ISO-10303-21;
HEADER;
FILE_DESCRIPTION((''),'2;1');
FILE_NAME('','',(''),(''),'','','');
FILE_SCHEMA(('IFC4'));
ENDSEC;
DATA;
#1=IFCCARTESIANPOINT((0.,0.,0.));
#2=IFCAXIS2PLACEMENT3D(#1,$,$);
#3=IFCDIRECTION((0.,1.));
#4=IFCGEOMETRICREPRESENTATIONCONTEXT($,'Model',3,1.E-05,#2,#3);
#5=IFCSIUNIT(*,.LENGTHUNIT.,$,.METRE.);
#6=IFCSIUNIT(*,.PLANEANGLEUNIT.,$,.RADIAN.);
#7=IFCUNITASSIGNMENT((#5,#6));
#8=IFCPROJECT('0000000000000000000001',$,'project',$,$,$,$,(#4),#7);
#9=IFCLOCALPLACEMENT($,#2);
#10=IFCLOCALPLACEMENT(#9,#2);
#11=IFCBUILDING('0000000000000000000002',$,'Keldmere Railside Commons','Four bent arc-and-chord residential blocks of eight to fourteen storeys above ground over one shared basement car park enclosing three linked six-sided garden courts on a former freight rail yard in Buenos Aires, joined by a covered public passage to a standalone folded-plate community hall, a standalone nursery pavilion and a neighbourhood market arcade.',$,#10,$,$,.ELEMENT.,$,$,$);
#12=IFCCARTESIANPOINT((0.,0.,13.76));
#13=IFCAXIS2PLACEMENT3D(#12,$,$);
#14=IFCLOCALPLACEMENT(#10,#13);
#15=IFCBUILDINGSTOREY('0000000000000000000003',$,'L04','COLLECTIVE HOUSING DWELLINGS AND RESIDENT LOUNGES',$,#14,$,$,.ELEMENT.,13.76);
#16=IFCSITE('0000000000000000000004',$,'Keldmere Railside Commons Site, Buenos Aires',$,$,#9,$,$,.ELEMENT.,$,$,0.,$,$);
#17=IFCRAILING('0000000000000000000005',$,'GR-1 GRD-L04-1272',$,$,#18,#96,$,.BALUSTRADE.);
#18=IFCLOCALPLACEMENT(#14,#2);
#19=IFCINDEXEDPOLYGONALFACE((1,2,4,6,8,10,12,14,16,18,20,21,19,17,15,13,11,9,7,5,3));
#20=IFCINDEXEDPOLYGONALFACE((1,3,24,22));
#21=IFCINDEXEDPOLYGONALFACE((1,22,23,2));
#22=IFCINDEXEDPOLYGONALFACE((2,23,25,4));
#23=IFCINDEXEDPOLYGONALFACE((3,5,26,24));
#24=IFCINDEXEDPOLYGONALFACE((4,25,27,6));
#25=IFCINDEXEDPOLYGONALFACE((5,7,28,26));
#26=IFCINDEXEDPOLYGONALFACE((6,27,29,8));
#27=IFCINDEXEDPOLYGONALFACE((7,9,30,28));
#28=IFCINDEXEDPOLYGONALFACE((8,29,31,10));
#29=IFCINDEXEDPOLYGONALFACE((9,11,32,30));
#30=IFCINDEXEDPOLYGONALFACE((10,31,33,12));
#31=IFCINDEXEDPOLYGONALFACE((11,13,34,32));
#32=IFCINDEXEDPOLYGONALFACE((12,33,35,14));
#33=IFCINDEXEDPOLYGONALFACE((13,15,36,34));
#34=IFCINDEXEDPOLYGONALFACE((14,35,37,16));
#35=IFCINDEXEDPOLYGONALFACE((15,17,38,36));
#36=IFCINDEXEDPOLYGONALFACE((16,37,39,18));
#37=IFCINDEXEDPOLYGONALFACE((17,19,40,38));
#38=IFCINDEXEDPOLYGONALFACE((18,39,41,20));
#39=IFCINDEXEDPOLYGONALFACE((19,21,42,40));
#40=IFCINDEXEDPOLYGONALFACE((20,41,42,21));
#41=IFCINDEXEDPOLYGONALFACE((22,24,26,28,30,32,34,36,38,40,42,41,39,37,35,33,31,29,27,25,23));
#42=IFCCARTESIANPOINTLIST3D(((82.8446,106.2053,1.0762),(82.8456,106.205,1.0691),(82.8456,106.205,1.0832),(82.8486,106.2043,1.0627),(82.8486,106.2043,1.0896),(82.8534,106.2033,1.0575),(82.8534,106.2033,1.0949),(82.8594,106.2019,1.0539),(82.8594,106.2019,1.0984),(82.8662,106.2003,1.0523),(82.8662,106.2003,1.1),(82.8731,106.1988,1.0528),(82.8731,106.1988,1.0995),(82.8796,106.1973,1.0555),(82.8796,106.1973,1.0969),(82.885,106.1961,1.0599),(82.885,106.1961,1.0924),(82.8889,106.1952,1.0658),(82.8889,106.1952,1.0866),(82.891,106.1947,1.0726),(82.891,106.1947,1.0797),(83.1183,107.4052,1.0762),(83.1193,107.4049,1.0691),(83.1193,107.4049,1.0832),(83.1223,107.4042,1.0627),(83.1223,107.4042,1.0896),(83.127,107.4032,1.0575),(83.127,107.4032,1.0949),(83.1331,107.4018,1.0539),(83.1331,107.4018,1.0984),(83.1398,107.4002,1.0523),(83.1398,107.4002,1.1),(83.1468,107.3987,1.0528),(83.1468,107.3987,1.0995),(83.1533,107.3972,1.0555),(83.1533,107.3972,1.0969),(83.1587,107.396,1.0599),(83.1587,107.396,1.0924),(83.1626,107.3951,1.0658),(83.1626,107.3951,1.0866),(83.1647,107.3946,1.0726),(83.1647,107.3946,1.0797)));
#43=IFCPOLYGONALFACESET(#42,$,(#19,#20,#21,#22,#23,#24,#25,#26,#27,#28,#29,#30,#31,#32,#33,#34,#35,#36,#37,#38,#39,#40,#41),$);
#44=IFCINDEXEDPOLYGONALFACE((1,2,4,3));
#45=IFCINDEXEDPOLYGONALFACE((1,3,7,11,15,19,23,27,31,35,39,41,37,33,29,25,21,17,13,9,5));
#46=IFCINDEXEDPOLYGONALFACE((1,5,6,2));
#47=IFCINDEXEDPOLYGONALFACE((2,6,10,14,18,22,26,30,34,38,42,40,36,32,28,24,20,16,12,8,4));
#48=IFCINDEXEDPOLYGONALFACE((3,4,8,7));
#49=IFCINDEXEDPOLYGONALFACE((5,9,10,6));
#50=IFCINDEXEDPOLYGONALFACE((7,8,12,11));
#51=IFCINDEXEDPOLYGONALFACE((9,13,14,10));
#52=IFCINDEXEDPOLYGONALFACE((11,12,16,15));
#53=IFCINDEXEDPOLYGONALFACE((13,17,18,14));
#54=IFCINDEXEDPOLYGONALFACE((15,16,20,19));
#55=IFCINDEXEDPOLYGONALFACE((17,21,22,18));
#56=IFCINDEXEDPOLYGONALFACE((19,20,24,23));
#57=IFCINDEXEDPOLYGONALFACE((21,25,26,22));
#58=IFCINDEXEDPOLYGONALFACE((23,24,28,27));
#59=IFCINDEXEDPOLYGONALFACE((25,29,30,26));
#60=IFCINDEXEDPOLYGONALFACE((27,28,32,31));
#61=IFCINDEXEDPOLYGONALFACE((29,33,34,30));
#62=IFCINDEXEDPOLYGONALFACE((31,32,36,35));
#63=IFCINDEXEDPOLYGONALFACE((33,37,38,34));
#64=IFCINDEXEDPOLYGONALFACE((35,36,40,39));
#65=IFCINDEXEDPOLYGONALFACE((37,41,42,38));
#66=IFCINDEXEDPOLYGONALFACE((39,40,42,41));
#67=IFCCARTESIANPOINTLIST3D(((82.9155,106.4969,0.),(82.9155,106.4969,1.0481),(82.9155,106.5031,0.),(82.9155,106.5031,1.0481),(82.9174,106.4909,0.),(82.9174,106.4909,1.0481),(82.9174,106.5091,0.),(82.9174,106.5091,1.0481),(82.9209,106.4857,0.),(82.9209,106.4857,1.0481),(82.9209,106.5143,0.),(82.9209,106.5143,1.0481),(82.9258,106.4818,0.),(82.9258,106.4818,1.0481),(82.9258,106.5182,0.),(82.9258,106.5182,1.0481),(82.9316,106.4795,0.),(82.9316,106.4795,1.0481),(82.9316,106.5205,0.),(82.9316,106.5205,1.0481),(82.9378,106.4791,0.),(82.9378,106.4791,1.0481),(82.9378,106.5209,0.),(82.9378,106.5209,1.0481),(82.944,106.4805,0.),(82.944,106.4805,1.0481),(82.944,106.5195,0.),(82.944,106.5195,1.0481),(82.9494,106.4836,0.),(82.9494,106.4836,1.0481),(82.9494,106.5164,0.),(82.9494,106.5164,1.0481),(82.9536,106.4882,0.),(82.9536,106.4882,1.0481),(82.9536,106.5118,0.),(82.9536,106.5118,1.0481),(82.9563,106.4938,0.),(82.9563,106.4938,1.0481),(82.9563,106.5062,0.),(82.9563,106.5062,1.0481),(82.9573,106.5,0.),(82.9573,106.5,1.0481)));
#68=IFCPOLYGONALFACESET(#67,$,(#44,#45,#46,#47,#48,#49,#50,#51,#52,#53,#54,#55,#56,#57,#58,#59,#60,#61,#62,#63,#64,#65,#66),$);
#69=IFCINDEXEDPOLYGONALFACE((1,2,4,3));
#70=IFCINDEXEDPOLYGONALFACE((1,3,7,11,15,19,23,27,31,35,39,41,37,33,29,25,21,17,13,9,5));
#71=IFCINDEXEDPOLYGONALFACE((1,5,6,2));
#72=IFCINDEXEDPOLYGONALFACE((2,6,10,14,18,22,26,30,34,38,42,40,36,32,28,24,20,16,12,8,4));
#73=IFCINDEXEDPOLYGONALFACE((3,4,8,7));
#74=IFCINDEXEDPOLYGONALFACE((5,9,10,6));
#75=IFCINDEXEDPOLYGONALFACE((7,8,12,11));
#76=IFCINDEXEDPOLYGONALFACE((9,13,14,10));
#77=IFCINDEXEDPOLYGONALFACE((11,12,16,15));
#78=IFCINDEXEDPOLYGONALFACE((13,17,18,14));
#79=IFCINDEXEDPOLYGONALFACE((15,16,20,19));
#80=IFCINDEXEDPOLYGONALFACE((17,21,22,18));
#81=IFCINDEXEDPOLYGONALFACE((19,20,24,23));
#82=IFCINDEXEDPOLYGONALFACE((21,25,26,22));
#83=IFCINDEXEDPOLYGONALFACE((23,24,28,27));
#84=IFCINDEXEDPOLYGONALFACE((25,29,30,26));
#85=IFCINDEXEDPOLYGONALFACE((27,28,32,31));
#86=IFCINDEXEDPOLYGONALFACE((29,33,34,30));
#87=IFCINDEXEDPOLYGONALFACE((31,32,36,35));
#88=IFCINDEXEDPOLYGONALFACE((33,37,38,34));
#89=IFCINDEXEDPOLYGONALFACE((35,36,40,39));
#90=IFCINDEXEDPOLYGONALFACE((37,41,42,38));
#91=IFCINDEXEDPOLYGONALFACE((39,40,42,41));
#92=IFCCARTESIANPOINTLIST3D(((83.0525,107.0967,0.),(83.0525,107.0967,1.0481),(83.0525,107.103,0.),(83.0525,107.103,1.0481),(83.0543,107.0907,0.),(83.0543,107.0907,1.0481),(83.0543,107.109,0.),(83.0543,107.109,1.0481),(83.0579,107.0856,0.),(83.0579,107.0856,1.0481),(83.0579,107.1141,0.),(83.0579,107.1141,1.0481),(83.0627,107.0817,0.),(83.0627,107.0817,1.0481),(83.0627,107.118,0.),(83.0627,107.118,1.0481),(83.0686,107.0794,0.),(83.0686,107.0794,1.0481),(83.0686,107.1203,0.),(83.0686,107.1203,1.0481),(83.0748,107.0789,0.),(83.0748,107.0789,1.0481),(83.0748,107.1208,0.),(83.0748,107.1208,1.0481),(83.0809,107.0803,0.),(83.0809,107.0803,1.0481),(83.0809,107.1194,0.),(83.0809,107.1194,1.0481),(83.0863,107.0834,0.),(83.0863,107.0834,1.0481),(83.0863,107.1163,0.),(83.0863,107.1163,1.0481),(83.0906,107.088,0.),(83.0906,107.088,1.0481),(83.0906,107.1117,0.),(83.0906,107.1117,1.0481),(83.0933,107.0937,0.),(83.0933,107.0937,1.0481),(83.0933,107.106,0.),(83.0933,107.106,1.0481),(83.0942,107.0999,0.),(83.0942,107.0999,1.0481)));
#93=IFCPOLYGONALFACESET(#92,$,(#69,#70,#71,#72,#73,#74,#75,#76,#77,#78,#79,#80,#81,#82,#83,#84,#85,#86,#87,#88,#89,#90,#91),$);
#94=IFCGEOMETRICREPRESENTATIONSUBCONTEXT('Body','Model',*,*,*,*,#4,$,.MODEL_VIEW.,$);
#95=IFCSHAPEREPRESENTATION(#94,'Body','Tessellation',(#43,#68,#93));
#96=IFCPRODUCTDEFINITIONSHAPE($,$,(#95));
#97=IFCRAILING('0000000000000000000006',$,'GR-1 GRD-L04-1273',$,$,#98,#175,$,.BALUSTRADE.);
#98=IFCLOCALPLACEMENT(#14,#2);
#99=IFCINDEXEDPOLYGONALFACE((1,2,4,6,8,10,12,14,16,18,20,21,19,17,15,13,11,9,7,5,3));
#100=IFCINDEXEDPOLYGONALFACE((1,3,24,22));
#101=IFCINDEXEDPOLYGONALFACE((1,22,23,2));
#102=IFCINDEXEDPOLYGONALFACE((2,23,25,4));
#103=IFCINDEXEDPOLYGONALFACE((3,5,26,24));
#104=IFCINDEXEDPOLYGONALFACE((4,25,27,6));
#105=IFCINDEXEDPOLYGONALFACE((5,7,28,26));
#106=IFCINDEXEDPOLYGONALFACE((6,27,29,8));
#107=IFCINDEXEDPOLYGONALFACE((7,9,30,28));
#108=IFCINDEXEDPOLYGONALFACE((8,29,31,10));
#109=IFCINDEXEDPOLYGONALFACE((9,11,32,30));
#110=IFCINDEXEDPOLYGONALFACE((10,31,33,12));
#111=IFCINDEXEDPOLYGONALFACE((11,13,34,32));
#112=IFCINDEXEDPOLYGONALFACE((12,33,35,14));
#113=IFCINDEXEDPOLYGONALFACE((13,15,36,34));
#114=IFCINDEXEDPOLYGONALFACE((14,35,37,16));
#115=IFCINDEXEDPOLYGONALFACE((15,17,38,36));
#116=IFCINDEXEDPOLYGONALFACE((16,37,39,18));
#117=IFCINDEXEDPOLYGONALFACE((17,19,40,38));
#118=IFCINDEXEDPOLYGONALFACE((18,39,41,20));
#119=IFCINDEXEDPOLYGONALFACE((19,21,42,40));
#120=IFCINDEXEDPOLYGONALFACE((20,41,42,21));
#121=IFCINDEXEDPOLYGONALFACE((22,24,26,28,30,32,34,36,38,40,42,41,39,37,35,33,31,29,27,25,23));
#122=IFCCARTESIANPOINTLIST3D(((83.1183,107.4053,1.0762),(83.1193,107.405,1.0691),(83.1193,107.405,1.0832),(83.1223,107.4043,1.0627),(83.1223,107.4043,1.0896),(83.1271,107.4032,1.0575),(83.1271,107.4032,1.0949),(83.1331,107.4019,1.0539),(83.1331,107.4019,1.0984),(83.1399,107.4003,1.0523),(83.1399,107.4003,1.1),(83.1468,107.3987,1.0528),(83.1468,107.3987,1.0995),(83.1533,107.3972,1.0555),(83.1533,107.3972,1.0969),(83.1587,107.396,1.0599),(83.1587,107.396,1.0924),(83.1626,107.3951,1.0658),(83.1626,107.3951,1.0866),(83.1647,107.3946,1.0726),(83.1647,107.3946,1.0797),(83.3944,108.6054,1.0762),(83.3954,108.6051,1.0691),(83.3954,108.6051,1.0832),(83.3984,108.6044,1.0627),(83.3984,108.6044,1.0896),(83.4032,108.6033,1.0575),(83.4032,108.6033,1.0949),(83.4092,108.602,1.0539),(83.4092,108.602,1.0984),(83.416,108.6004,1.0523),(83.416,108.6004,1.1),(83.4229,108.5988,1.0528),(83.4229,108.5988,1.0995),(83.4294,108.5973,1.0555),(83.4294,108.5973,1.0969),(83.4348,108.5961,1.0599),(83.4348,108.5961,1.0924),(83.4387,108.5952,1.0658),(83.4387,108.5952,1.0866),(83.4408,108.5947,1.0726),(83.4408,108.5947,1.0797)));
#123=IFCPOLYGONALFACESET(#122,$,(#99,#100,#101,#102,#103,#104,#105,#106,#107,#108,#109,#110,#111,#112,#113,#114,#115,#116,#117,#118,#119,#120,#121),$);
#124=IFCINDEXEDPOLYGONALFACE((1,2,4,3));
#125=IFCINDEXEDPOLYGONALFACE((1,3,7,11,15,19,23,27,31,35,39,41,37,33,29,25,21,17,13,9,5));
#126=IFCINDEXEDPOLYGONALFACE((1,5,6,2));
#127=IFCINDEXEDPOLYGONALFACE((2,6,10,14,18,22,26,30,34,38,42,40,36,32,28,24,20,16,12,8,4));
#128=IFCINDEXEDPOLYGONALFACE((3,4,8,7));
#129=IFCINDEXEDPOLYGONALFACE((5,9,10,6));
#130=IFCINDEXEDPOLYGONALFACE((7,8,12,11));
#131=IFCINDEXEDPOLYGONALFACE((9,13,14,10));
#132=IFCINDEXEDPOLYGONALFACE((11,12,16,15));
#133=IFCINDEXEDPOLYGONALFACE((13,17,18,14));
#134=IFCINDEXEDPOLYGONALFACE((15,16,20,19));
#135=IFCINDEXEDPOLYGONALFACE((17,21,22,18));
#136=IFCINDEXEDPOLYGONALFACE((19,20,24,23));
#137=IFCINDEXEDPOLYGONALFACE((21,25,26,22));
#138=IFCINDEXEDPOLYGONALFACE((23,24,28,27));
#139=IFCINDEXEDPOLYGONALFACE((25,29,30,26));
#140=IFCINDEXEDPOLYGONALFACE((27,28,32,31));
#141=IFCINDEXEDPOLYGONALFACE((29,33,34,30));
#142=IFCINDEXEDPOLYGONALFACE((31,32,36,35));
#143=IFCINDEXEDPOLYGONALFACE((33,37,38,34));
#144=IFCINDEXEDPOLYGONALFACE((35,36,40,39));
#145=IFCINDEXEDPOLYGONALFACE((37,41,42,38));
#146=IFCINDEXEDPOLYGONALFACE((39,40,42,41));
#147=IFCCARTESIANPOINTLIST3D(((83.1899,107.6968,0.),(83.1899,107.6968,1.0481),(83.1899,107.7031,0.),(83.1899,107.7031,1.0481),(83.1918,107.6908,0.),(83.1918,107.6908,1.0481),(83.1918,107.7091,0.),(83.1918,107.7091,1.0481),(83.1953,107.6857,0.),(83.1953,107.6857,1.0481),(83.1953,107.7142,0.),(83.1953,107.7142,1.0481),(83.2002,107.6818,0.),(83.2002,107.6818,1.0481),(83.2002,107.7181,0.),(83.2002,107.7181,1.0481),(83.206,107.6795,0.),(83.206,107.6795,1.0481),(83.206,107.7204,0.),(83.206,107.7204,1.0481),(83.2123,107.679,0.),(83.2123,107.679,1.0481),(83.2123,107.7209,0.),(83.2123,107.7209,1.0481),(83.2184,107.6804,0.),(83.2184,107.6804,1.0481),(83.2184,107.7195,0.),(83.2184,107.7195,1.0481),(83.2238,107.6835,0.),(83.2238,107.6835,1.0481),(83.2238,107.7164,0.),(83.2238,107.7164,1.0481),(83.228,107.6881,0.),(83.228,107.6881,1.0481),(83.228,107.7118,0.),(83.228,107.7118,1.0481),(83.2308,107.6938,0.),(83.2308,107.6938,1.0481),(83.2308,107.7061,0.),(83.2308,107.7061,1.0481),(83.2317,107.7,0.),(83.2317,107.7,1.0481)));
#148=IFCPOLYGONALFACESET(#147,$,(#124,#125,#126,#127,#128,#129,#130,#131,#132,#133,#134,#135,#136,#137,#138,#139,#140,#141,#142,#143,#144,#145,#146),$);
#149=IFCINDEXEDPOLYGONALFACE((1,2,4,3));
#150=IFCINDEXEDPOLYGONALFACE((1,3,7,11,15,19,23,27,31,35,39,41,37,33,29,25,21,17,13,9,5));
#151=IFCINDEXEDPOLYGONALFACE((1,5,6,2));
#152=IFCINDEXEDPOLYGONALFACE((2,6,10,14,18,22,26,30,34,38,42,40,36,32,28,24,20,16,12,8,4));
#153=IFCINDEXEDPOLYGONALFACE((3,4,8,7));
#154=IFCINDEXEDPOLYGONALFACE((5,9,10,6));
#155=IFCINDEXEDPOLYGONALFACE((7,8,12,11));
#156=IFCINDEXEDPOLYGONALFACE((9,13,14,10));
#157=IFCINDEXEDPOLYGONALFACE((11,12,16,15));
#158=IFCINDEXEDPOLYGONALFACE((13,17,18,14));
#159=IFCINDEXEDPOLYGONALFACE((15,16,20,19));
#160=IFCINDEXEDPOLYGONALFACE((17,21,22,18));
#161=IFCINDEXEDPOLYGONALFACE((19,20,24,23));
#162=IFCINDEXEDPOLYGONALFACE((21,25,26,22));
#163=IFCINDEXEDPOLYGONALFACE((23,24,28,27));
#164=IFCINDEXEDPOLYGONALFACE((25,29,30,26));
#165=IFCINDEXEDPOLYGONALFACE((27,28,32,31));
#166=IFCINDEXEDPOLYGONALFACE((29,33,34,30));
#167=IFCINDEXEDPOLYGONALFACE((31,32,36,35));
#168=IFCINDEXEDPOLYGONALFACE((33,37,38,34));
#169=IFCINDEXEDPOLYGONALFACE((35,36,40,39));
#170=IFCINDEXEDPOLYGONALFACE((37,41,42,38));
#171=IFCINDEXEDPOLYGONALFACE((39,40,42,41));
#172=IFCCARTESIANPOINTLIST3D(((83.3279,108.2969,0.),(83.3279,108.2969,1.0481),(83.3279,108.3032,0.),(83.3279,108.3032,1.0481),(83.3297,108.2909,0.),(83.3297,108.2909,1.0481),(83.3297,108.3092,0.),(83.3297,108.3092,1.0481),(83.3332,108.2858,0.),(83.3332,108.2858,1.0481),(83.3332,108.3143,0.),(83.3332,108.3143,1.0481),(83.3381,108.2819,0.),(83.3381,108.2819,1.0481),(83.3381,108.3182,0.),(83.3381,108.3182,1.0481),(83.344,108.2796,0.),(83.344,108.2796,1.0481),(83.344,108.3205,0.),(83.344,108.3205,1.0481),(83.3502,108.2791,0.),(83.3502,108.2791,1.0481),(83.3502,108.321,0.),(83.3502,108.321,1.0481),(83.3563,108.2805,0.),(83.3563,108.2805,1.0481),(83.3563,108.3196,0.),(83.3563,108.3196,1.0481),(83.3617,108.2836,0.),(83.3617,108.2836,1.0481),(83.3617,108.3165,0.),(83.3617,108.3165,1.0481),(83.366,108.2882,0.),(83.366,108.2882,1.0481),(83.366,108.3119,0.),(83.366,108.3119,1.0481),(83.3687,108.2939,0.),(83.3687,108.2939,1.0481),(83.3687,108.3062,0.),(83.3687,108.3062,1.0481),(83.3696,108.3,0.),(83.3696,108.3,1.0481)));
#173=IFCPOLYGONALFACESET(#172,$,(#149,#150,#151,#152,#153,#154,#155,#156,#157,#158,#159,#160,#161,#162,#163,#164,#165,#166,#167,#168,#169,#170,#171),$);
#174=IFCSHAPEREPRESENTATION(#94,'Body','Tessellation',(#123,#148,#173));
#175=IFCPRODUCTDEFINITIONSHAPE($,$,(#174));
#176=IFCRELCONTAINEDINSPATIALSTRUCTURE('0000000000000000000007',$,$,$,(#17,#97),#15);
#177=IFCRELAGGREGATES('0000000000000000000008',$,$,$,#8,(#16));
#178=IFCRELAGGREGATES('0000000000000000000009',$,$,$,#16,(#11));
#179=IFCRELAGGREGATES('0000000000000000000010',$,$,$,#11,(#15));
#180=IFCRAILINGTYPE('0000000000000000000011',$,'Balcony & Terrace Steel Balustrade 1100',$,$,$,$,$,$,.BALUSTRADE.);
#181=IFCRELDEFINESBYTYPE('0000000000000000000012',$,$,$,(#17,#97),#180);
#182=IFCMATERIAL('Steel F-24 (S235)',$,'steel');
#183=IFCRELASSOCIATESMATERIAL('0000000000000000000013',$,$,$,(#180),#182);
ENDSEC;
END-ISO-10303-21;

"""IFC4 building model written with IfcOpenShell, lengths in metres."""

from ifc_helpers import new_model, si_unit, direction, frame, origin, origin_2d, place, context, subcontext, project, spatial, circle, extrude, material, type_object, element, save


model = new_model("IFC4")

# Units and contexts
model_context = context("Model", 3, precision=1e-05, world=origin(), true_north=direction((0.0, 1.0)))
body_context = subcontext(model_context, "Body", "Model", "MODEL_VIEW")
ifc_project = project(units=[si_unit("LENGTHUNIT", "METRE"), si_unit("PLANEANGLEUNIT", "RADIAN")], contexts=[model_context])

# Site, building, storey
site_placement = place(None, origin())
site = spatial("IfcSite", under=ifc_project, at=site_placement, Name="Keldmere Railside Commons Site, Buenos Aires", CompositionType="ELEMENT", RefElevation=0.0)
building_placement = place(site_placement, origin())
building = spatial("IfcBuilding", under=site, at=building_placement, Name="Keldmere Railside Commons", Description="Four bent arc-and-chord residential blocks of eight to fourteen storeys above ground over one shared basement car park enclosing three linked six-sided garden courts on a former freight rail yard in Buenos Aires, joined by a covered public passage to a standalone folded-plate community hall, a standalone nursery pavilion and a neighbourhood market arcade.", CompositionType="ELEMENT")
storey_placement = place(building_placement, frame((0.0, 0.0, 13.76)))
storey = spatial("IfcBuildingStorey", under=building, at=storey_placement, Name="L04", Description="COLLECTIVE HOUSING DWELLINGS AND RESIDENT LOUNGES", CompositionType="ELEMENT", Elevation=13.76)

# Railings
ifc_material = material(Name="Steel F-24 (S235)", Category="steel")
railing_type = type_object("IfcRailingType", Name="Balcony & Terrace Steel Balustrade 1100", PredefinedType="BALUSTRADE", material=ifc_material)
railing_1_placement = place(storey_placement, frame((82.8679, 106.2, 0.0)))
element("IfcRailing", 1, at=railing_1_placement, inside=storey, type_object=railing_type, Name="GR-1 GRD-L04-1272", PredefinedType="BALUSTRADE", context=body_context, shape_type="SweptSolid", body=[
    extrude(circle(Radius=0.0239, at=origin_2d()), frame((0.0, 0.0, 1.0762), z_axis=(0.222367, 0.974963, 0.0), x_axis=(-0.974963, 0.222367, 0.0)), (0.0, 0.0, 1.0), 1.2307),
    extrude(circle(Radius=0.021, at=origin_2d()), frame((0.0684, 0.3, 0.0)), (0.0, 0.0, 1.0), 1.0481),
    extrude(circle(Radius=0.021, at=origin_2d()), frame((0.2053, 0.8999, 0.0)), (0.0, 0.0, 1.0), 1.0481),
])
railing_2_placement = place(storey_placement, frame((83.1416, 107.3999, 0.0)))
element("IfcRailing", 2, at=railing_2_placement, inside=storey, type_object=railing_type, Name="GR-1 GRD-L04-1273", PredefinedType="BALUSTRADE", context=body_context, shape_type="SweptSolid", body=[
    extrude(circle(Radius=0.0239, at=origin_2d()), frame((0.0, 0.0, 1.0762), z_axis=(0.224208, 0.974541, 0.0), x_axis=(-0.974541, 0.224208, 0.0)), (0.0, 0.0, 1.0), 1.2314),
    extrude(circle(Radius=0.021, at=origin_2d()), frame((0.0691, 0.3, 0.0)), (0.0, 0.0, 1.0), 1.0481),
    extrude(circle(Radius=0.021, at=origin_2d()), frame((0.207, 0.9001, 0.0)), (0.0, 0.0, 1.0), 1.0481),
])

save(model, "model.ifc")
